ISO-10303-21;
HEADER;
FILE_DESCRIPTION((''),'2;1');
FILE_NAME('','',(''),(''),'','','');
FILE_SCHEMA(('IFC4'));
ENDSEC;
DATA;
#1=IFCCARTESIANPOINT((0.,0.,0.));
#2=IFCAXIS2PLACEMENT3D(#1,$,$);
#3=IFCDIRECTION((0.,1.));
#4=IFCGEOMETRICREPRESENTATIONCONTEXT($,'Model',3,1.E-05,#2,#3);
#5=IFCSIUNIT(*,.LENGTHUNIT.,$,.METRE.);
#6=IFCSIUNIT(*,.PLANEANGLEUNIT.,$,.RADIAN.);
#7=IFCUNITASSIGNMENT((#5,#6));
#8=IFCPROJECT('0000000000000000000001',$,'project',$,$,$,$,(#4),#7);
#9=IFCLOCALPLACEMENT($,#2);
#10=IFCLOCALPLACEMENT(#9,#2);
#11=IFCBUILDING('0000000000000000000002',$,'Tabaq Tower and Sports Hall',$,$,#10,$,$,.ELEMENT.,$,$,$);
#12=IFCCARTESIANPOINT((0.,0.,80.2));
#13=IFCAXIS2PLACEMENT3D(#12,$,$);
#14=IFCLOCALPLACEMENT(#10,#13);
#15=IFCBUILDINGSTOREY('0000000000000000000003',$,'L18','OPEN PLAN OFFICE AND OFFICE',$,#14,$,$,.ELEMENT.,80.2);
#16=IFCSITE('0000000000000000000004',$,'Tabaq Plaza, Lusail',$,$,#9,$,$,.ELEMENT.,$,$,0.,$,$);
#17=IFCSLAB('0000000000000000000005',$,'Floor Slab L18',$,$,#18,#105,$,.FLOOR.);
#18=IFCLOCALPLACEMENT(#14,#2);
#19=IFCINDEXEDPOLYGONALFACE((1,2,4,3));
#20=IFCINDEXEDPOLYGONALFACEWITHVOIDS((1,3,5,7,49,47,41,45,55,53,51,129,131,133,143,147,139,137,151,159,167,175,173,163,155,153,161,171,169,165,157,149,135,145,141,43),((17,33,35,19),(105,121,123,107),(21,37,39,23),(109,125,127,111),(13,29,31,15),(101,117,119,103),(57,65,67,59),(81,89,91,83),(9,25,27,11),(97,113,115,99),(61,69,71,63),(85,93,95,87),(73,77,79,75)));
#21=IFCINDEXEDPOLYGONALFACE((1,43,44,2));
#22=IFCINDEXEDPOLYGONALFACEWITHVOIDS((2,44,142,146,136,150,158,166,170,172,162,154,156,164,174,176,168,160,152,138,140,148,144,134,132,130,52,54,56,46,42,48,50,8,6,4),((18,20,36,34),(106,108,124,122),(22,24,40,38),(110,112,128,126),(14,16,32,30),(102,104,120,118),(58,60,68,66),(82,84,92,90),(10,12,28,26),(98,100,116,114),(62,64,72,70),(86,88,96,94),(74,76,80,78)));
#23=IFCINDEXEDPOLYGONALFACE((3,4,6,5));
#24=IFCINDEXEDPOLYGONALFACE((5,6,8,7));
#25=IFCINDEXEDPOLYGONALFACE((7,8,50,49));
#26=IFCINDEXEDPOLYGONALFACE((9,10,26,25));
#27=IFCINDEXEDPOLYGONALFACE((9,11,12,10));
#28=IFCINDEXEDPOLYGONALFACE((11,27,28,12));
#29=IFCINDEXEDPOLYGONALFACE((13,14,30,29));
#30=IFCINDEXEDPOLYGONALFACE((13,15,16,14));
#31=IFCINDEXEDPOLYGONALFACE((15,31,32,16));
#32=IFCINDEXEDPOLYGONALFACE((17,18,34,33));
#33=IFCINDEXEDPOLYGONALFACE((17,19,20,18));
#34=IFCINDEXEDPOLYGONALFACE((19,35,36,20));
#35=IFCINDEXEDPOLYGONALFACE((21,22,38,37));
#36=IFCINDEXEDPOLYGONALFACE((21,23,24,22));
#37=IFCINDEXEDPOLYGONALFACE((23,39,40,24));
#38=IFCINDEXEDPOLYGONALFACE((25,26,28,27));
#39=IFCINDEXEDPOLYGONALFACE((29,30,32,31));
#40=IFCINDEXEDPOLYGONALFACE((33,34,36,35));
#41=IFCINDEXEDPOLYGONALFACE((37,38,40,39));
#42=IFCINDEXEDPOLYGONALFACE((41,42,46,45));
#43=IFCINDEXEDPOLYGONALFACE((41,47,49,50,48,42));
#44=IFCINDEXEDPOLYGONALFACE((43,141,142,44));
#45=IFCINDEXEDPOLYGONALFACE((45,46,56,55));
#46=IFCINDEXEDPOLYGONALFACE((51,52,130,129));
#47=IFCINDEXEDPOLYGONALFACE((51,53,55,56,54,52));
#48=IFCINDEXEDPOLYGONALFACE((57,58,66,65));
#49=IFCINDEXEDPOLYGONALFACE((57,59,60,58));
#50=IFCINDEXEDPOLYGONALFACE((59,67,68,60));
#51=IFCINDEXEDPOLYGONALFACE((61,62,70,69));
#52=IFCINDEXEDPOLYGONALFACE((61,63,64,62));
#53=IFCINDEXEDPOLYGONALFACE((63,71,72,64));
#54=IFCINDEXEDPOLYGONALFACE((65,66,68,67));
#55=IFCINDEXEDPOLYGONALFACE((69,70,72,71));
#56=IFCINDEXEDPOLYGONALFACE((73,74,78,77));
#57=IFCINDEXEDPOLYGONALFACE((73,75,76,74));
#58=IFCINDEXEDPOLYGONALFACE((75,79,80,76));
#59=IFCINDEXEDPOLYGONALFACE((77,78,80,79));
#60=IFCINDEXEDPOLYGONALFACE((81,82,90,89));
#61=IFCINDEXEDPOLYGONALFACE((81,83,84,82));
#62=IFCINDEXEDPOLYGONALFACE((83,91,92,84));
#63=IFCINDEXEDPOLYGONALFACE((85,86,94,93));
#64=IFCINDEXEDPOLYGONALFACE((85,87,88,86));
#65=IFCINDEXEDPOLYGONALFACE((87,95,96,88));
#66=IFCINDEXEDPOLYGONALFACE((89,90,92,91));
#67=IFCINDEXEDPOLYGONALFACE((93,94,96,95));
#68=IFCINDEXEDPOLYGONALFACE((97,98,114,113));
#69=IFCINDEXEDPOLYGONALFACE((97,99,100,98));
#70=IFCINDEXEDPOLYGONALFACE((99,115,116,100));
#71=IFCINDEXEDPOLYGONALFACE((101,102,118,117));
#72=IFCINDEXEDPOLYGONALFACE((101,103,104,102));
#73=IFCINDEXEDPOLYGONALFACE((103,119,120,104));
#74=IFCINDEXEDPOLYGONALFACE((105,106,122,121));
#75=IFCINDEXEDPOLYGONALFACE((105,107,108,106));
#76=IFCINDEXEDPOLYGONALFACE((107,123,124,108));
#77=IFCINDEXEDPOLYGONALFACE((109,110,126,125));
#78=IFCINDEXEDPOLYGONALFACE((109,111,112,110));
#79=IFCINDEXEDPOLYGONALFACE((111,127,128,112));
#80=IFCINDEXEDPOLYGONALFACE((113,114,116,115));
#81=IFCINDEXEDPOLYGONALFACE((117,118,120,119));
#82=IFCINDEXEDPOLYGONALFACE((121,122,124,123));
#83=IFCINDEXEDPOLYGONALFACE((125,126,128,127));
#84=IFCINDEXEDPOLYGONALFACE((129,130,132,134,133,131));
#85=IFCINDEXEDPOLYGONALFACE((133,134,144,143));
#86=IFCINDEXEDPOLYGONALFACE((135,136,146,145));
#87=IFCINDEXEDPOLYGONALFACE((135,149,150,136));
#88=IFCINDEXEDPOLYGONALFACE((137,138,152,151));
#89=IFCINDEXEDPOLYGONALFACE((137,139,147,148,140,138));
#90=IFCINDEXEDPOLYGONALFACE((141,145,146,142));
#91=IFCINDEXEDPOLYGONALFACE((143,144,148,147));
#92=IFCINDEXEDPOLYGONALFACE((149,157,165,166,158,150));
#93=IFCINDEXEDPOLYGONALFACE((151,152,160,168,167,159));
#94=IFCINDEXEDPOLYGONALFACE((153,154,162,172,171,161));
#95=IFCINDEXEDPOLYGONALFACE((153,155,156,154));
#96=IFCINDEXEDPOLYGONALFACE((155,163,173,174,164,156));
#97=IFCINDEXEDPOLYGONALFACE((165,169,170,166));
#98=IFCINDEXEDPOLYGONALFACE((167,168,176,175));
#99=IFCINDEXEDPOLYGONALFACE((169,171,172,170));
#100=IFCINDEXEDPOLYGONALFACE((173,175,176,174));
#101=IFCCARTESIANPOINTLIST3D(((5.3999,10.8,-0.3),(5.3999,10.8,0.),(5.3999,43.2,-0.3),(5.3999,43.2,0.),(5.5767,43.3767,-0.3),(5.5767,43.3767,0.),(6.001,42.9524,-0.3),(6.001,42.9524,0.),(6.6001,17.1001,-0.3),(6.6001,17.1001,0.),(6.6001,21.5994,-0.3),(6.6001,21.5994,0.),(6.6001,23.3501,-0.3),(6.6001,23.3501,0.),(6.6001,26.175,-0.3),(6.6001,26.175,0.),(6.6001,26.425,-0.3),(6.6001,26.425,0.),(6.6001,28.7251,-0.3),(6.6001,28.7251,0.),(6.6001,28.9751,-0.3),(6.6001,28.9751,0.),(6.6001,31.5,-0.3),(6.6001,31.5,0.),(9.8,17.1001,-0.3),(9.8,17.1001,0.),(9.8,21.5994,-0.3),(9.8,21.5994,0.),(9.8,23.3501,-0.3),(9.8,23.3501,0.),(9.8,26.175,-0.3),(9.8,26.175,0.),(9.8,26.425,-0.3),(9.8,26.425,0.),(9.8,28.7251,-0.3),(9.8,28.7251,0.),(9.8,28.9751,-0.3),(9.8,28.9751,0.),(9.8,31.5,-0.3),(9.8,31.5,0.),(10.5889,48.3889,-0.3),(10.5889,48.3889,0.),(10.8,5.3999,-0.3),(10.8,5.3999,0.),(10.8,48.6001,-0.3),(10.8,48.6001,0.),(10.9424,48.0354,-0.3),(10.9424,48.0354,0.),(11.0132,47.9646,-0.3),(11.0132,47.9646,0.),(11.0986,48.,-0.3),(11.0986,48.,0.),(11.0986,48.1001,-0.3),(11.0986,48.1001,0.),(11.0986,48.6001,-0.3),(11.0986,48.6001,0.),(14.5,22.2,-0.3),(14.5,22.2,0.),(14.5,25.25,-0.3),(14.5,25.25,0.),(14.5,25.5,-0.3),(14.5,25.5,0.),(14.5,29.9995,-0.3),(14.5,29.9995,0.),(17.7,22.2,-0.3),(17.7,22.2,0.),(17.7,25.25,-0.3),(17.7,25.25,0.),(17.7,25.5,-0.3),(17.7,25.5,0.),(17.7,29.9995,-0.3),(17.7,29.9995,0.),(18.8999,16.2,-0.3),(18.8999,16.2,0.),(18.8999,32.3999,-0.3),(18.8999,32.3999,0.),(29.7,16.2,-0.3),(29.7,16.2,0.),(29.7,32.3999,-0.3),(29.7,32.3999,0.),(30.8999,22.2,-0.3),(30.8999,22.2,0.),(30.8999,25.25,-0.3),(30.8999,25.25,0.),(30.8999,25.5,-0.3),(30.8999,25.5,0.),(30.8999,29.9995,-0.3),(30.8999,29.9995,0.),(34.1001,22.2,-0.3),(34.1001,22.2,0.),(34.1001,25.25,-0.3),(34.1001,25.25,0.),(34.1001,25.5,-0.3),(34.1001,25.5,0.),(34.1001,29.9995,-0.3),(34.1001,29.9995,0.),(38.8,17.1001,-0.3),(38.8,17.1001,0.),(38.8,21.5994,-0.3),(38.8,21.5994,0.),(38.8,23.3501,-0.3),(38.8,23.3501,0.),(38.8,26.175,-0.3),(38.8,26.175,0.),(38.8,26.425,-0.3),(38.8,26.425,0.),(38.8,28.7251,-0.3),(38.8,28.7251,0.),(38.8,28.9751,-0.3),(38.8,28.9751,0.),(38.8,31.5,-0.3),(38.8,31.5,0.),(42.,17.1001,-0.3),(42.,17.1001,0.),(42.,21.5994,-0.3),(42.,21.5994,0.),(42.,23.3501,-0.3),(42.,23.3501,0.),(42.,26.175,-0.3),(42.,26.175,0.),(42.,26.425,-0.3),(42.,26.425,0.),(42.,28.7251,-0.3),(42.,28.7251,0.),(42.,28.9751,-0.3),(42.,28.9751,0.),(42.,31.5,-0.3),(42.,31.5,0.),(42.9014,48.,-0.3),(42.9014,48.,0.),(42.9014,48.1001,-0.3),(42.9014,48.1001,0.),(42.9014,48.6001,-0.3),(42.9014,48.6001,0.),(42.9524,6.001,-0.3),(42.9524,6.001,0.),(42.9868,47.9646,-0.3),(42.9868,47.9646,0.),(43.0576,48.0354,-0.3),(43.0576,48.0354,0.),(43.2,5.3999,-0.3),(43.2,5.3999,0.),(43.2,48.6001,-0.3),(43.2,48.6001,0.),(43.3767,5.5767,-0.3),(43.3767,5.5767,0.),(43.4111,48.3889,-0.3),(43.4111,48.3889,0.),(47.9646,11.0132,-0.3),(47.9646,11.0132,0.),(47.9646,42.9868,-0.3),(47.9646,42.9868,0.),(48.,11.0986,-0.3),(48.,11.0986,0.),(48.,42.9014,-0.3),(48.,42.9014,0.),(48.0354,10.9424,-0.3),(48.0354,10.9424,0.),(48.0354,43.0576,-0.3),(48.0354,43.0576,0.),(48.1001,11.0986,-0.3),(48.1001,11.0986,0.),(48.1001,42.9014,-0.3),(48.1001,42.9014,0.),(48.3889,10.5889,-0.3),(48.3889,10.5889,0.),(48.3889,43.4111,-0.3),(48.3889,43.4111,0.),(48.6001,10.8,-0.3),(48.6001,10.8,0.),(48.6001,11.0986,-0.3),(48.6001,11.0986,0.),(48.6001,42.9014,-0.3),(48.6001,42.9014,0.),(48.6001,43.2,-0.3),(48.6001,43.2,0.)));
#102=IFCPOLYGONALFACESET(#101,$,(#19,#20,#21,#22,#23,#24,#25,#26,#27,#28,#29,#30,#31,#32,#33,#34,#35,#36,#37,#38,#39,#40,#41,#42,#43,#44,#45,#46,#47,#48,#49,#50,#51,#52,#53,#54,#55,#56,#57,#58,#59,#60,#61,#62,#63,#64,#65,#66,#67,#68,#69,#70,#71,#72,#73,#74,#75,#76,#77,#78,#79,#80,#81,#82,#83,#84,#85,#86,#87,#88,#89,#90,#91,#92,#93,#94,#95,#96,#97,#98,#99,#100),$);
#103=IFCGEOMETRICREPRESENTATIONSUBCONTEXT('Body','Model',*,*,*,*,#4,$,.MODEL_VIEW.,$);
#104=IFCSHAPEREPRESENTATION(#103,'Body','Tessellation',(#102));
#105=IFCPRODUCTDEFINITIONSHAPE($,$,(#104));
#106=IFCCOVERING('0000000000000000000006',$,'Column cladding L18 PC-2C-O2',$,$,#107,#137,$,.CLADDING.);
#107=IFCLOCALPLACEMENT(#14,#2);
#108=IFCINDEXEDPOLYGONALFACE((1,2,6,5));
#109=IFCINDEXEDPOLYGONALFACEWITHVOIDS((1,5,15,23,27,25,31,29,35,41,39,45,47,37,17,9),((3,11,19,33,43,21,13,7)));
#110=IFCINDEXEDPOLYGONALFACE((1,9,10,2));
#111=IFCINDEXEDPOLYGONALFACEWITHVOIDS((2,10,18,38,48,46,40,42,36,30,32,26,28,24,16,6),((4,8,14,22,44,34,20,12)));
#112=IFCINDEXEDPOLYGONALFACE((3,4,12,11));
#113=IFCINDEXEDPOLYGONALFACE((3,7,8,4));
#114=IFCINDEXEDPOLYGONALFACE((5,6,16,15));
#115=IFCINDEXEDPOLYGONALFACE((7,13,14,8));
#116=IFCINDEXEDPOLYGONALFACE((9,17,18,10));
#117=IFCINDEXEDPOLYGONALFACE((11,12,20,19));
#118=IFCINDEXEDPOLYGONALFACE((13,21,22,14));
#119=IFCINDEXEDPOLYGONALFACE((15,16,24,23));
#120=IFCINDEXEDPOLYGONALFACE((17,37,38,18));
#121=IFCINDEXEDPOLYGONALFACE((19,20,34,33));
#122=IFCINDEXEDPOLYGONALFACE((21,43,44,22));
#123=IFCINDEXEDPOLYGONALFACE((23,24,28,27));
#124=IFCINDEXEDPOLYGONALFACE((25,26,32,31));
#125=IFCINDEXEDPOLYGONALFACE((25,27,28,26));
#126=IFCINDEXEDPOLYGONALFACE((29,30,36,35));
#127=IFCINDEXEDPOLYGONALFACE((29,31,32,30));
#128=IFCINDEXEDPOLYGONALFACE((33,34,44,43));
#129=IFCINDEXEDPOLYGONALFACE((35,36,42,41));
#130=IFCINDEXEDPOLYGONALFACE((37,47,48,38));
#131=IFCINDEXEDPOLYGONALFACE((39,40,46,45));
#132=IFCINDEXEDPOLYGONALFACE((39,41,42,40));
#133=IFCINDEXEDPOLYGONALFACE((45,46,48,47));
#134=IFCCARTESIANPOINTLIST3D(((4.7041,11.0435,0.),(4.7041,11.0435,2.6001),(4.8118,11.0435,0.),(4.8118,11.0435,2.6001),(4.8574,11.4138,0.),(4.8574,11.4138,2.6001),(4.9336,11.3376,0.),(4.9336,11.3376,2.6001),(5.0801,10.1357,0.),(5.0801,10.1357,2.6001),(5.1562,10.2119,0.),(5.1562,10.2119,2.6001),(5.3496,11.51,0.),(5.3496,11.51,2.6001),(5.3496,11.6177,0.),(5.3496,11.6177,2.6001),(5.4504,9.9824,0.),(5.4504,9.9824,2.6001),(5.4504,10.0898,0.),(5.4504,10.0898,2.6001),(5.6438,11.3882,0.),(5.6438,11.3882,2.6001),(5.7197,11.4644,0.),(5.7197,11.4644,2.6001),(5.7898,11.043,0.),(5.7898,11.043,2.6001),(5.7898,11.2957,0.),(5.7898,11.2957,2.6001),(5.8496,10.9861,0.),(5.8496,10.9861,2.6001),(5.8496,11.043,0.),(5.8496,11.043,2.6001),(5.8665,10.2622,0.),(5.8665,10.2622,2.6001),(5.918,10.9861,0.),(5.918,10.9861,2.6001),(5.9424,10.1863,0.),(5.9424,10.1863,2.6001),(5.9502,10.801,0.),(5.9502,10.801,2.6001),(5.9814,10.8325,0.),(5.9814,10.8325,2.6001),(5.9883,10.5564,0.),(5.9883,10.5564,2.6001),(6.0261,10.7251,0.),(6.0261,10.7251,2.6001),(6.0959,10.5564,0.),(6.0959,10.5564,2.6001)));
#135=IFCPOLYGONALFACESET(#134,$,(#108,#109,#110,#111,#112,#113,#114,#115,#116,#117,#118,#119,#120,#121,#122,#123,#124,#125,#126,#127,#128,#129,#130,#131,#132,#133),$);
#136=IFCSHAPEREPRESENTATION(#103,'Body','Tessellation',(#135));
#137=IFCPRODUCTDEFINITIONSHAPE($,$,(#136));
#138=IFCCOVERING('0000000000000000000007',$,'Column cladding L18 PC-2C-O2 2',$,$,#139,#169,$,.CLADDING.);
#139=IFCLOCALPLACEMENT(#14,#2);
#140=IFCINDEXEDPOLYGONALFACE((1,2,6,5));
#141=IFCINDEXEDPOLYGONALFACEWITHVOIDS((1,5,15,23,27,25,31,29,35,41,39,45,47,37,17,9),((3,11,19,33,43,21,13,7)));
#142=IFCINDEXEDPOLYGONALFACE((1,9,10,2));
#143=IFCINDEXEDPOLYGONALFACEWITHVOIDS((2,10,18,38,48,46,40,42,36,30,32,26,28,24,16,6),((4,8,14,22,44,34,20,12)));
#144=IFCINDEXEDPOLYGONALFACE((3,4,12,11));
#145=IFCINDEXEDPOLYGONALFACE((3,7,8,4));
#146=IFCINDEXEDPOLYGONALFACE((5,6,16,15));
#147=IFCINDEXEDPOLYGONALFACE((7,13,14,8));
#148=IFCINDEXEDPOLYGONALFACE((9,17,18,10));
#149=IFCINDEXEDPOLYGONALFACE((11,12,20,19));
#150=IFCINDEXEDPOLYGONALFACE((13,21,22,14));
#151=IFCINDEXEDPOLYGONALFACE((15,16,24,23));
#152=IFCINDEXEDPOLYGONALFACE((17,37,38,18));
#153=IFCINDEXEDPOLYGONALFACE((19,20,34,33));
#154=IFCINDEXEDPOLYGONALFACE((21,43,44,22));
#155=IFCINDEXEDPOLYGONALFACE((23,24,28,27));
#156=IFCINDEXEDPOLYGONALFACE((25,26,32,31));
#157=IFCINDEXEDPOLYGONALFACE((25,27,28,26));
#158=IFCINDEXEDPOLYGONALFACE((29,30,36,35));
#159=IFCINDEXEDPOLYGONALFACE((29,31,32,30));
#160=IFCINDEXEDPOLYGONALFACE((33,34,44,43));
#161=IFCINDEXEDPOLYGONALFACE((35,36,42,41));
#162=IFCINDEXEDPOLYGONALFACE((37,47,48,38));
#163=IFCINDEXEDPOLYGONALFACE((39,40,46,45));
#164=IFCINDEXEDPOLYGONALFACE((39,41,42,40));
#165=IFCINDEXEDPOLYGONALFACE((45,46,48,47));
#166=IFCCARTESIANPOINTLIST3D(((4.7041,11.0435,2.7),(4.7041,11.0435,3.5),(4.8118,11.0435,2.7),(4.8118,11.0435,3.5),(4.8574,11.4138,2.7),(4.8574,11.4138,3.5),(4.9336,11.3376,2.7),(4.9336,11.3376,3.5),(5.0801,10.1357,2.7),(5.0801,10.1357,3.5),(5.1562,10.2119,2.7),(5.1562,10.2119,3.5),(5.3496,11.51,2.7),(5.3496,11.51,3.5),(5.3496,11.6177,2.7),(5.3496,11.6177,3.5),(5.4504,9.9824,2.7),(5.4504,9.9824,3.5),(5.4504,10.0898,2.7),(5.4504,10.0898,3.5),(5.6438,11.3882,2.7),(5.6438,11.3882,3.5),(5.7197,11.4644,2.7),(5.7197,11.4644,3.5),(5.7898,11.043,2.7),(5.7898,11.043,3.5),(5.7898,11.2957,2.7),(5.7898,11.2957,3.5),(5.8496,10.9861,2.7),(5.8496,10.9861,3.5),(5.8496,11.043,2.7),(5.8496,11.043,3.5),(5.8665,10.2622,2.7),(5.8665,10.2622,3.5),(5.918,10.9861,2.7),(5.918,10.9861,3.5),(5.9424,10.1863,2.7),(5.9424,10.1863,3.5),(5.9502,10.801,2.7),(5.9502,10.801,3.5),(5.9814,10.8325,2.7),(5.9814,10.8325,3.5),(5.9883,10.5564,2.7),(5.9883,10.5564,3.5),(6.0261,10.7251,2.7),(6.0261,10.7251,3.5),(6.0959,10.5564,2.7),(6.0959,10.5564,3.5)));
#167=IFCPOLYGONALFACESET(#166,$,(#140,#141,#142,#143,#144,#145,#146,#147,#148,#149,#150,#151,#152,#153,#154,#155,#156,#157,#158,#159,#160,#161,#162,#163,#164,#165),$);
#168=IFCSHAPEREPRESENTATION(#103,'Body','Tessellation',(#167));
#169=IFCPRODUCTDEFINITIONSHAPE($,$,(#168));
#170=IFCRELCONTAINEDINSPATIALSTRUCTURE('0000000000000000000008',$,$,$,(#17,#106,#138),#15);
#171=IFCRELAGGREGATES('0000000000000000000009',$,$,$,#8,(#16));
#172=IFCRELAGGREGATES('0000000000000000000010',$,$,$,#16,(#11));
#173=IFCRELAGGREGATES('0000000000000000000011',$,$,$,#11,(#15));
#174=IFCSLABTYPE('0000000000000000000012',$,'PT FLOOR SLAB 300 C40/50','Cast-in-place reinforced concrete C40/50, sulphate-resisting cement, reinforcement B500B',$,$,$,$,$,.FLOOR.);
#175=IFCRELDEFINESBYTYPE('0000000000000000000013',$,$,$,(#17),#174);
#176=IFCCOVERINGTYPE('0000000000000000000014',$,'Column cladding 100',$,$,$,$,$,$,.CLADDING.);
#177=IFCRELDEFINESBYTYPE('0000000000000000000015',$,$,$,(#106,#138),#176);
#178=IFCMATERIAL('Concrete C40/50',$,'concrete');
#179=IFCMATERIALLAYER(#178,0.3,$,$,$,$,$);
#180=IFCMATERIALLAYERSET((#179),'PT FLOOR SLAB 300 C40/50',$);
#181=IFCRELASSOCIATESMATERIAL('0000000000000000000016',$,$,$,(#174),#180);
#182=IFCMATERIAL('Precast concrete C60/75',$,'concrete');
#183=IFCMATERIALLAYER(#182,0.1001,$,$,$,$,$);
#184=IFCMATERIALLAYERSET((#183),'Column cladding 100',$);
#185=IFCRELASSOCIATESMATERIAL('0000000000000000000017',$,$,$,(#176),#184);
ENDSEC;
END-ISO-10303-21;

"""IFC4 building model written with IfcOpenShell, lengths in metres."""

from ifc_helpers import new_model, si_unit, direction, frame, origin, place, context, subcontext, project, spatial, polyline, outline, extrude, material, layer, layer_set, type_object, element, save


model = new_model("IFC4")

# Units and contexts
model_context = context("Model", 3, precision=1e-05, world=origin(), true_north=direction((0.0, 1.0)))
body_context = subcontext(model_context, "Body", "Model", "MODEL_VIEW")
ifc_project = project(units=[si_unit("LENGTHUNIT", "METRE"), si_unit("PLANEANGLEUNIT", "RADIAN")], contexts=[model_context])

# Site, building, storey
site_placement = place(None, origin())
site = spatial("IfcSite", under=ifc_project, at=site_placement, Name="Tabaq Plaza, Lusail", CompositionType="ELEMENT", RefElevation=0.0)
building_placement = place(site_placement, origin())
building = spatial("IfcBuilding", under=site, at=building_placement, Name="Tabaq Tower and Sports Hall", CompositionType="ELEMENT")
storey_placement = place(building_placement, frame((0.0, 0.0, 80.2)))
storey = spatial("IfcBuildingStorey", under=building, at=storey_placement, Name="L18", Description="OPEN PLAN OFFICE AND OFFICE", CompositionType="ELEMENT", Elevation=80.2)

# Slab
ifc_material_1 = material(Name="Concrete C40/50", Category="concrete")
ifc_layer_1 = layer(ifc_material_1, 0.3)
ifc_layer_set_1 = layer_set([ifc_layer_1], Name="PT FLOOR SLAB 300 C40/50")
slab_type = type_object("IfcSlabType", Name="PT FLOOR SLAB 300 C40/50", Description="Cast-in-place reinforced concrete C40/50, sulphate-resisting cement, reinforcement B500B", PredefinedType="FLOOR", material=ifc_layer_set_1)
slab_placement = place(storey_placement, frame((0.0, 0.0, -0.3)))
element("IfcSlab", 1, at=slab_placement, inside=storey, type_object=slab_type, Name="Floor Slab L18", PredefinedType="FLOOR", context=body_context, shape_type="SweptSolid", body=[
    extrude(outline(polyline([(5.3999, 43.2), (5.3999, 10.8), (10.8, 5.3999), (43.2, 5.3999), (43.3767, 5.5767), (42.9524, 6.001), (47.9646, 11.0132), (48.0354, 10.9424), (48.3889, 10.5889), (48.6001, 10.8), (48.6001, 11.0986), (48.1001, 11.0986), (48.0, 11.0986), (48.0, 42.9014), (48.1001, 42.9014), (48.6001, 42.9014), (48.6001, 43.2), (48.3889, 43.4111), (48.0354, 43.0576), (47.9646, 42.9868), (42.9868, 47.9646), (43.0576, 48.0354), (43.4111, 48.3889), (43.2, 48.6001), (42.9014, 48.6001), (42.9014, 48.1001), (42.9014, 48.0), (11.0986, 48.0), (11.0986, 48.1001), (11.0986, 48.6001), (10.8, 48.6001), (10.5889, 48.3889), (10.9424, 48.0354), (11.0132, 47.9646), (6.001, 42.9524), (5.5767, 43.3767), (5.3999, 43.2)]), holes=[polyline([(6.6001, 21.5994), (9.8, 21.5994), (9.8, 17.1001), (6.6001, 17.1001), (6.6001, 21.5994)]), polyline([(17.7, 25.25), (17.7, 22.2), (14.5, 22.2), (14.5, 25.25), (17.7, 25.25)]), polyline([(18.8999, 32.3999), (29.7, 32.3999), (29.7, 16.2), (18.8999, 16.2), (18.8999, 32.3999)]), polyline([(6.6001, 26.175), (9.8, 26.175), (9.8, 23.3501), (6.6001, 23.3501), (6.6001, 26.175)]), polyline([(9.8, 28.7251), (9.8, 26.425), (6.6001, 26.425), (6.6001, 28.7251), (9.8, 28.7251)]), polyline([(17.7, 29.9995), (17.7, 25.5), (14.5, 25.5), (14.5, 29.9995), (17.7, 29.9995)]), polyline([(6.6001, 31.5), (9.8, 31.5), (9.8, 28.9751), (6.6001, 28.9751), (6.6001, 31.5)]), polyline([(42.0, 21.5994), (42.0, 17.1001), (38.8, 17.1001), (38.8, 21.5994), (42.0, 21.5994)]), polyline([(34.1001, 25.25), (34.1001, 22.2), (30.8999, 22.2), (30.8999, 25.25), (34.1001, 25.25)]), polyline([(42.0, 26.175), (42.0, 23.3501), (38.8, 23.3501), (38.8, 26.175), (42.0, 26.175)]), polyline([(42.0, 28.7251), (42.0, 26.425), (38.8, 26.425), (38.8, 28.7251), (42.0, 28.7251)]), polyline([(34.1001, 29.9995), (34.1001, 25.5), (30.8999, 25.5), (30.8999, 29.9995), (34.1001, 29.9995)]), polyline([(42.0, 31.5), (42.0, 28.9751), (38.8, 28.9751), (38.8, 31.5), (42.0, 31.5)])]), origin(), (0.0, 0.0, 1.0), 0.3),
])

# Coverings
ifc_material_2 = material(Name="Precast concrete C60/75", Category="concrete")
ifc_layer_2 = layer(ifc_material_2, 0.1001)
ifc_layer_set_2 = layer_set([ifc_layer_2], Name="Column cladding 100")
covering_type = type_object("IfcCoveringType", Name="Column cladding 100", PredefinedType="CLADDING", material=ifc_layer_set_2)
covering_1_placement = place(storey_placement, origin())
element("IfcCovering", 2, at=covering_1_placement, inside=storey, type_object=covering_type, Name="Column cladding L18 PC-2C-O2", PredefinedType="CLADDING", context=body_context, shape_type="SweptSolid", body=[
    extrude(outline(polyline([(5.4504, 9.9824), (5.0801, 10.1357), (4.7041, 11.0435), (4.8574, 11.4138), (5.3496, 11.6177), (5.7197, 11.4644), (5.7898, 11.2957), (5.7898, 11.043), (5.8496, 11.043), (5.8496, 10.9861), (5.918, 10.9861), (5.9814, 10.8325), (5.9502, 10.801), (6.0261, 10.7251), (6.0959, 10.5564), (5.9424, 10.1863), (5.4504, 9.9824)]), holes=[polyline([(5.3496, 11.51), (4.9336, 11.3376), (4.8118, 11.0435), (5.1562, 10.2119), (5.4504, 10.0898), (5.8665, 10.2622), (5.9883, 10.5564), (5.6438, 11.3882), (5.3496, 11.51)])]), origin(), (0.0, 0.0, 1.0), 2.6001),
])
covering_2_placement = place(storey_placement, frame((0.0, 0.0, 2.7)))
element("IfcCovering", 3, at=covering_2_placement, inside=storey, type_object=covering_type, Name="Column cladding L18 PC-2C-O2 2", PredefinedType="CLADDING", context=body_context, shape_type="SweptSolid", body=[
    extrude(outline(polyline([(5.4504, 9.9824), (5.0801, 10.1357), (4.7041, 11.0435), (4.8574, 11.4138), (5.3496, 11.6177), (5.7197, 11.4644), (5.7898, 11.2957), (5.7898, 11.043), (5.8496, 11.043), (5.8496, 10.9861), (5.918, 10.9861), (5.9814, 10.8325), (5.9502, 10.801), (6.0261, 10.7251), (6.0959, 10.5564), (5.9424, 10.1863), (5.4504, 9.9824)]), holes=[polyline([(5.3496, 11.51), (4.9336, 11.3376), (4.8118, 11.0435), (5.1562, 10.2119), (5.4504, 10.0898), (5.8665, 10.2622), (5.9883, 10.5564), (5.6438, 11.3882), (5.3496, 11.51)])]), origin(), (0.0, 0.0, 1.0), 0.8),
])

save(model, "model.ifc")
